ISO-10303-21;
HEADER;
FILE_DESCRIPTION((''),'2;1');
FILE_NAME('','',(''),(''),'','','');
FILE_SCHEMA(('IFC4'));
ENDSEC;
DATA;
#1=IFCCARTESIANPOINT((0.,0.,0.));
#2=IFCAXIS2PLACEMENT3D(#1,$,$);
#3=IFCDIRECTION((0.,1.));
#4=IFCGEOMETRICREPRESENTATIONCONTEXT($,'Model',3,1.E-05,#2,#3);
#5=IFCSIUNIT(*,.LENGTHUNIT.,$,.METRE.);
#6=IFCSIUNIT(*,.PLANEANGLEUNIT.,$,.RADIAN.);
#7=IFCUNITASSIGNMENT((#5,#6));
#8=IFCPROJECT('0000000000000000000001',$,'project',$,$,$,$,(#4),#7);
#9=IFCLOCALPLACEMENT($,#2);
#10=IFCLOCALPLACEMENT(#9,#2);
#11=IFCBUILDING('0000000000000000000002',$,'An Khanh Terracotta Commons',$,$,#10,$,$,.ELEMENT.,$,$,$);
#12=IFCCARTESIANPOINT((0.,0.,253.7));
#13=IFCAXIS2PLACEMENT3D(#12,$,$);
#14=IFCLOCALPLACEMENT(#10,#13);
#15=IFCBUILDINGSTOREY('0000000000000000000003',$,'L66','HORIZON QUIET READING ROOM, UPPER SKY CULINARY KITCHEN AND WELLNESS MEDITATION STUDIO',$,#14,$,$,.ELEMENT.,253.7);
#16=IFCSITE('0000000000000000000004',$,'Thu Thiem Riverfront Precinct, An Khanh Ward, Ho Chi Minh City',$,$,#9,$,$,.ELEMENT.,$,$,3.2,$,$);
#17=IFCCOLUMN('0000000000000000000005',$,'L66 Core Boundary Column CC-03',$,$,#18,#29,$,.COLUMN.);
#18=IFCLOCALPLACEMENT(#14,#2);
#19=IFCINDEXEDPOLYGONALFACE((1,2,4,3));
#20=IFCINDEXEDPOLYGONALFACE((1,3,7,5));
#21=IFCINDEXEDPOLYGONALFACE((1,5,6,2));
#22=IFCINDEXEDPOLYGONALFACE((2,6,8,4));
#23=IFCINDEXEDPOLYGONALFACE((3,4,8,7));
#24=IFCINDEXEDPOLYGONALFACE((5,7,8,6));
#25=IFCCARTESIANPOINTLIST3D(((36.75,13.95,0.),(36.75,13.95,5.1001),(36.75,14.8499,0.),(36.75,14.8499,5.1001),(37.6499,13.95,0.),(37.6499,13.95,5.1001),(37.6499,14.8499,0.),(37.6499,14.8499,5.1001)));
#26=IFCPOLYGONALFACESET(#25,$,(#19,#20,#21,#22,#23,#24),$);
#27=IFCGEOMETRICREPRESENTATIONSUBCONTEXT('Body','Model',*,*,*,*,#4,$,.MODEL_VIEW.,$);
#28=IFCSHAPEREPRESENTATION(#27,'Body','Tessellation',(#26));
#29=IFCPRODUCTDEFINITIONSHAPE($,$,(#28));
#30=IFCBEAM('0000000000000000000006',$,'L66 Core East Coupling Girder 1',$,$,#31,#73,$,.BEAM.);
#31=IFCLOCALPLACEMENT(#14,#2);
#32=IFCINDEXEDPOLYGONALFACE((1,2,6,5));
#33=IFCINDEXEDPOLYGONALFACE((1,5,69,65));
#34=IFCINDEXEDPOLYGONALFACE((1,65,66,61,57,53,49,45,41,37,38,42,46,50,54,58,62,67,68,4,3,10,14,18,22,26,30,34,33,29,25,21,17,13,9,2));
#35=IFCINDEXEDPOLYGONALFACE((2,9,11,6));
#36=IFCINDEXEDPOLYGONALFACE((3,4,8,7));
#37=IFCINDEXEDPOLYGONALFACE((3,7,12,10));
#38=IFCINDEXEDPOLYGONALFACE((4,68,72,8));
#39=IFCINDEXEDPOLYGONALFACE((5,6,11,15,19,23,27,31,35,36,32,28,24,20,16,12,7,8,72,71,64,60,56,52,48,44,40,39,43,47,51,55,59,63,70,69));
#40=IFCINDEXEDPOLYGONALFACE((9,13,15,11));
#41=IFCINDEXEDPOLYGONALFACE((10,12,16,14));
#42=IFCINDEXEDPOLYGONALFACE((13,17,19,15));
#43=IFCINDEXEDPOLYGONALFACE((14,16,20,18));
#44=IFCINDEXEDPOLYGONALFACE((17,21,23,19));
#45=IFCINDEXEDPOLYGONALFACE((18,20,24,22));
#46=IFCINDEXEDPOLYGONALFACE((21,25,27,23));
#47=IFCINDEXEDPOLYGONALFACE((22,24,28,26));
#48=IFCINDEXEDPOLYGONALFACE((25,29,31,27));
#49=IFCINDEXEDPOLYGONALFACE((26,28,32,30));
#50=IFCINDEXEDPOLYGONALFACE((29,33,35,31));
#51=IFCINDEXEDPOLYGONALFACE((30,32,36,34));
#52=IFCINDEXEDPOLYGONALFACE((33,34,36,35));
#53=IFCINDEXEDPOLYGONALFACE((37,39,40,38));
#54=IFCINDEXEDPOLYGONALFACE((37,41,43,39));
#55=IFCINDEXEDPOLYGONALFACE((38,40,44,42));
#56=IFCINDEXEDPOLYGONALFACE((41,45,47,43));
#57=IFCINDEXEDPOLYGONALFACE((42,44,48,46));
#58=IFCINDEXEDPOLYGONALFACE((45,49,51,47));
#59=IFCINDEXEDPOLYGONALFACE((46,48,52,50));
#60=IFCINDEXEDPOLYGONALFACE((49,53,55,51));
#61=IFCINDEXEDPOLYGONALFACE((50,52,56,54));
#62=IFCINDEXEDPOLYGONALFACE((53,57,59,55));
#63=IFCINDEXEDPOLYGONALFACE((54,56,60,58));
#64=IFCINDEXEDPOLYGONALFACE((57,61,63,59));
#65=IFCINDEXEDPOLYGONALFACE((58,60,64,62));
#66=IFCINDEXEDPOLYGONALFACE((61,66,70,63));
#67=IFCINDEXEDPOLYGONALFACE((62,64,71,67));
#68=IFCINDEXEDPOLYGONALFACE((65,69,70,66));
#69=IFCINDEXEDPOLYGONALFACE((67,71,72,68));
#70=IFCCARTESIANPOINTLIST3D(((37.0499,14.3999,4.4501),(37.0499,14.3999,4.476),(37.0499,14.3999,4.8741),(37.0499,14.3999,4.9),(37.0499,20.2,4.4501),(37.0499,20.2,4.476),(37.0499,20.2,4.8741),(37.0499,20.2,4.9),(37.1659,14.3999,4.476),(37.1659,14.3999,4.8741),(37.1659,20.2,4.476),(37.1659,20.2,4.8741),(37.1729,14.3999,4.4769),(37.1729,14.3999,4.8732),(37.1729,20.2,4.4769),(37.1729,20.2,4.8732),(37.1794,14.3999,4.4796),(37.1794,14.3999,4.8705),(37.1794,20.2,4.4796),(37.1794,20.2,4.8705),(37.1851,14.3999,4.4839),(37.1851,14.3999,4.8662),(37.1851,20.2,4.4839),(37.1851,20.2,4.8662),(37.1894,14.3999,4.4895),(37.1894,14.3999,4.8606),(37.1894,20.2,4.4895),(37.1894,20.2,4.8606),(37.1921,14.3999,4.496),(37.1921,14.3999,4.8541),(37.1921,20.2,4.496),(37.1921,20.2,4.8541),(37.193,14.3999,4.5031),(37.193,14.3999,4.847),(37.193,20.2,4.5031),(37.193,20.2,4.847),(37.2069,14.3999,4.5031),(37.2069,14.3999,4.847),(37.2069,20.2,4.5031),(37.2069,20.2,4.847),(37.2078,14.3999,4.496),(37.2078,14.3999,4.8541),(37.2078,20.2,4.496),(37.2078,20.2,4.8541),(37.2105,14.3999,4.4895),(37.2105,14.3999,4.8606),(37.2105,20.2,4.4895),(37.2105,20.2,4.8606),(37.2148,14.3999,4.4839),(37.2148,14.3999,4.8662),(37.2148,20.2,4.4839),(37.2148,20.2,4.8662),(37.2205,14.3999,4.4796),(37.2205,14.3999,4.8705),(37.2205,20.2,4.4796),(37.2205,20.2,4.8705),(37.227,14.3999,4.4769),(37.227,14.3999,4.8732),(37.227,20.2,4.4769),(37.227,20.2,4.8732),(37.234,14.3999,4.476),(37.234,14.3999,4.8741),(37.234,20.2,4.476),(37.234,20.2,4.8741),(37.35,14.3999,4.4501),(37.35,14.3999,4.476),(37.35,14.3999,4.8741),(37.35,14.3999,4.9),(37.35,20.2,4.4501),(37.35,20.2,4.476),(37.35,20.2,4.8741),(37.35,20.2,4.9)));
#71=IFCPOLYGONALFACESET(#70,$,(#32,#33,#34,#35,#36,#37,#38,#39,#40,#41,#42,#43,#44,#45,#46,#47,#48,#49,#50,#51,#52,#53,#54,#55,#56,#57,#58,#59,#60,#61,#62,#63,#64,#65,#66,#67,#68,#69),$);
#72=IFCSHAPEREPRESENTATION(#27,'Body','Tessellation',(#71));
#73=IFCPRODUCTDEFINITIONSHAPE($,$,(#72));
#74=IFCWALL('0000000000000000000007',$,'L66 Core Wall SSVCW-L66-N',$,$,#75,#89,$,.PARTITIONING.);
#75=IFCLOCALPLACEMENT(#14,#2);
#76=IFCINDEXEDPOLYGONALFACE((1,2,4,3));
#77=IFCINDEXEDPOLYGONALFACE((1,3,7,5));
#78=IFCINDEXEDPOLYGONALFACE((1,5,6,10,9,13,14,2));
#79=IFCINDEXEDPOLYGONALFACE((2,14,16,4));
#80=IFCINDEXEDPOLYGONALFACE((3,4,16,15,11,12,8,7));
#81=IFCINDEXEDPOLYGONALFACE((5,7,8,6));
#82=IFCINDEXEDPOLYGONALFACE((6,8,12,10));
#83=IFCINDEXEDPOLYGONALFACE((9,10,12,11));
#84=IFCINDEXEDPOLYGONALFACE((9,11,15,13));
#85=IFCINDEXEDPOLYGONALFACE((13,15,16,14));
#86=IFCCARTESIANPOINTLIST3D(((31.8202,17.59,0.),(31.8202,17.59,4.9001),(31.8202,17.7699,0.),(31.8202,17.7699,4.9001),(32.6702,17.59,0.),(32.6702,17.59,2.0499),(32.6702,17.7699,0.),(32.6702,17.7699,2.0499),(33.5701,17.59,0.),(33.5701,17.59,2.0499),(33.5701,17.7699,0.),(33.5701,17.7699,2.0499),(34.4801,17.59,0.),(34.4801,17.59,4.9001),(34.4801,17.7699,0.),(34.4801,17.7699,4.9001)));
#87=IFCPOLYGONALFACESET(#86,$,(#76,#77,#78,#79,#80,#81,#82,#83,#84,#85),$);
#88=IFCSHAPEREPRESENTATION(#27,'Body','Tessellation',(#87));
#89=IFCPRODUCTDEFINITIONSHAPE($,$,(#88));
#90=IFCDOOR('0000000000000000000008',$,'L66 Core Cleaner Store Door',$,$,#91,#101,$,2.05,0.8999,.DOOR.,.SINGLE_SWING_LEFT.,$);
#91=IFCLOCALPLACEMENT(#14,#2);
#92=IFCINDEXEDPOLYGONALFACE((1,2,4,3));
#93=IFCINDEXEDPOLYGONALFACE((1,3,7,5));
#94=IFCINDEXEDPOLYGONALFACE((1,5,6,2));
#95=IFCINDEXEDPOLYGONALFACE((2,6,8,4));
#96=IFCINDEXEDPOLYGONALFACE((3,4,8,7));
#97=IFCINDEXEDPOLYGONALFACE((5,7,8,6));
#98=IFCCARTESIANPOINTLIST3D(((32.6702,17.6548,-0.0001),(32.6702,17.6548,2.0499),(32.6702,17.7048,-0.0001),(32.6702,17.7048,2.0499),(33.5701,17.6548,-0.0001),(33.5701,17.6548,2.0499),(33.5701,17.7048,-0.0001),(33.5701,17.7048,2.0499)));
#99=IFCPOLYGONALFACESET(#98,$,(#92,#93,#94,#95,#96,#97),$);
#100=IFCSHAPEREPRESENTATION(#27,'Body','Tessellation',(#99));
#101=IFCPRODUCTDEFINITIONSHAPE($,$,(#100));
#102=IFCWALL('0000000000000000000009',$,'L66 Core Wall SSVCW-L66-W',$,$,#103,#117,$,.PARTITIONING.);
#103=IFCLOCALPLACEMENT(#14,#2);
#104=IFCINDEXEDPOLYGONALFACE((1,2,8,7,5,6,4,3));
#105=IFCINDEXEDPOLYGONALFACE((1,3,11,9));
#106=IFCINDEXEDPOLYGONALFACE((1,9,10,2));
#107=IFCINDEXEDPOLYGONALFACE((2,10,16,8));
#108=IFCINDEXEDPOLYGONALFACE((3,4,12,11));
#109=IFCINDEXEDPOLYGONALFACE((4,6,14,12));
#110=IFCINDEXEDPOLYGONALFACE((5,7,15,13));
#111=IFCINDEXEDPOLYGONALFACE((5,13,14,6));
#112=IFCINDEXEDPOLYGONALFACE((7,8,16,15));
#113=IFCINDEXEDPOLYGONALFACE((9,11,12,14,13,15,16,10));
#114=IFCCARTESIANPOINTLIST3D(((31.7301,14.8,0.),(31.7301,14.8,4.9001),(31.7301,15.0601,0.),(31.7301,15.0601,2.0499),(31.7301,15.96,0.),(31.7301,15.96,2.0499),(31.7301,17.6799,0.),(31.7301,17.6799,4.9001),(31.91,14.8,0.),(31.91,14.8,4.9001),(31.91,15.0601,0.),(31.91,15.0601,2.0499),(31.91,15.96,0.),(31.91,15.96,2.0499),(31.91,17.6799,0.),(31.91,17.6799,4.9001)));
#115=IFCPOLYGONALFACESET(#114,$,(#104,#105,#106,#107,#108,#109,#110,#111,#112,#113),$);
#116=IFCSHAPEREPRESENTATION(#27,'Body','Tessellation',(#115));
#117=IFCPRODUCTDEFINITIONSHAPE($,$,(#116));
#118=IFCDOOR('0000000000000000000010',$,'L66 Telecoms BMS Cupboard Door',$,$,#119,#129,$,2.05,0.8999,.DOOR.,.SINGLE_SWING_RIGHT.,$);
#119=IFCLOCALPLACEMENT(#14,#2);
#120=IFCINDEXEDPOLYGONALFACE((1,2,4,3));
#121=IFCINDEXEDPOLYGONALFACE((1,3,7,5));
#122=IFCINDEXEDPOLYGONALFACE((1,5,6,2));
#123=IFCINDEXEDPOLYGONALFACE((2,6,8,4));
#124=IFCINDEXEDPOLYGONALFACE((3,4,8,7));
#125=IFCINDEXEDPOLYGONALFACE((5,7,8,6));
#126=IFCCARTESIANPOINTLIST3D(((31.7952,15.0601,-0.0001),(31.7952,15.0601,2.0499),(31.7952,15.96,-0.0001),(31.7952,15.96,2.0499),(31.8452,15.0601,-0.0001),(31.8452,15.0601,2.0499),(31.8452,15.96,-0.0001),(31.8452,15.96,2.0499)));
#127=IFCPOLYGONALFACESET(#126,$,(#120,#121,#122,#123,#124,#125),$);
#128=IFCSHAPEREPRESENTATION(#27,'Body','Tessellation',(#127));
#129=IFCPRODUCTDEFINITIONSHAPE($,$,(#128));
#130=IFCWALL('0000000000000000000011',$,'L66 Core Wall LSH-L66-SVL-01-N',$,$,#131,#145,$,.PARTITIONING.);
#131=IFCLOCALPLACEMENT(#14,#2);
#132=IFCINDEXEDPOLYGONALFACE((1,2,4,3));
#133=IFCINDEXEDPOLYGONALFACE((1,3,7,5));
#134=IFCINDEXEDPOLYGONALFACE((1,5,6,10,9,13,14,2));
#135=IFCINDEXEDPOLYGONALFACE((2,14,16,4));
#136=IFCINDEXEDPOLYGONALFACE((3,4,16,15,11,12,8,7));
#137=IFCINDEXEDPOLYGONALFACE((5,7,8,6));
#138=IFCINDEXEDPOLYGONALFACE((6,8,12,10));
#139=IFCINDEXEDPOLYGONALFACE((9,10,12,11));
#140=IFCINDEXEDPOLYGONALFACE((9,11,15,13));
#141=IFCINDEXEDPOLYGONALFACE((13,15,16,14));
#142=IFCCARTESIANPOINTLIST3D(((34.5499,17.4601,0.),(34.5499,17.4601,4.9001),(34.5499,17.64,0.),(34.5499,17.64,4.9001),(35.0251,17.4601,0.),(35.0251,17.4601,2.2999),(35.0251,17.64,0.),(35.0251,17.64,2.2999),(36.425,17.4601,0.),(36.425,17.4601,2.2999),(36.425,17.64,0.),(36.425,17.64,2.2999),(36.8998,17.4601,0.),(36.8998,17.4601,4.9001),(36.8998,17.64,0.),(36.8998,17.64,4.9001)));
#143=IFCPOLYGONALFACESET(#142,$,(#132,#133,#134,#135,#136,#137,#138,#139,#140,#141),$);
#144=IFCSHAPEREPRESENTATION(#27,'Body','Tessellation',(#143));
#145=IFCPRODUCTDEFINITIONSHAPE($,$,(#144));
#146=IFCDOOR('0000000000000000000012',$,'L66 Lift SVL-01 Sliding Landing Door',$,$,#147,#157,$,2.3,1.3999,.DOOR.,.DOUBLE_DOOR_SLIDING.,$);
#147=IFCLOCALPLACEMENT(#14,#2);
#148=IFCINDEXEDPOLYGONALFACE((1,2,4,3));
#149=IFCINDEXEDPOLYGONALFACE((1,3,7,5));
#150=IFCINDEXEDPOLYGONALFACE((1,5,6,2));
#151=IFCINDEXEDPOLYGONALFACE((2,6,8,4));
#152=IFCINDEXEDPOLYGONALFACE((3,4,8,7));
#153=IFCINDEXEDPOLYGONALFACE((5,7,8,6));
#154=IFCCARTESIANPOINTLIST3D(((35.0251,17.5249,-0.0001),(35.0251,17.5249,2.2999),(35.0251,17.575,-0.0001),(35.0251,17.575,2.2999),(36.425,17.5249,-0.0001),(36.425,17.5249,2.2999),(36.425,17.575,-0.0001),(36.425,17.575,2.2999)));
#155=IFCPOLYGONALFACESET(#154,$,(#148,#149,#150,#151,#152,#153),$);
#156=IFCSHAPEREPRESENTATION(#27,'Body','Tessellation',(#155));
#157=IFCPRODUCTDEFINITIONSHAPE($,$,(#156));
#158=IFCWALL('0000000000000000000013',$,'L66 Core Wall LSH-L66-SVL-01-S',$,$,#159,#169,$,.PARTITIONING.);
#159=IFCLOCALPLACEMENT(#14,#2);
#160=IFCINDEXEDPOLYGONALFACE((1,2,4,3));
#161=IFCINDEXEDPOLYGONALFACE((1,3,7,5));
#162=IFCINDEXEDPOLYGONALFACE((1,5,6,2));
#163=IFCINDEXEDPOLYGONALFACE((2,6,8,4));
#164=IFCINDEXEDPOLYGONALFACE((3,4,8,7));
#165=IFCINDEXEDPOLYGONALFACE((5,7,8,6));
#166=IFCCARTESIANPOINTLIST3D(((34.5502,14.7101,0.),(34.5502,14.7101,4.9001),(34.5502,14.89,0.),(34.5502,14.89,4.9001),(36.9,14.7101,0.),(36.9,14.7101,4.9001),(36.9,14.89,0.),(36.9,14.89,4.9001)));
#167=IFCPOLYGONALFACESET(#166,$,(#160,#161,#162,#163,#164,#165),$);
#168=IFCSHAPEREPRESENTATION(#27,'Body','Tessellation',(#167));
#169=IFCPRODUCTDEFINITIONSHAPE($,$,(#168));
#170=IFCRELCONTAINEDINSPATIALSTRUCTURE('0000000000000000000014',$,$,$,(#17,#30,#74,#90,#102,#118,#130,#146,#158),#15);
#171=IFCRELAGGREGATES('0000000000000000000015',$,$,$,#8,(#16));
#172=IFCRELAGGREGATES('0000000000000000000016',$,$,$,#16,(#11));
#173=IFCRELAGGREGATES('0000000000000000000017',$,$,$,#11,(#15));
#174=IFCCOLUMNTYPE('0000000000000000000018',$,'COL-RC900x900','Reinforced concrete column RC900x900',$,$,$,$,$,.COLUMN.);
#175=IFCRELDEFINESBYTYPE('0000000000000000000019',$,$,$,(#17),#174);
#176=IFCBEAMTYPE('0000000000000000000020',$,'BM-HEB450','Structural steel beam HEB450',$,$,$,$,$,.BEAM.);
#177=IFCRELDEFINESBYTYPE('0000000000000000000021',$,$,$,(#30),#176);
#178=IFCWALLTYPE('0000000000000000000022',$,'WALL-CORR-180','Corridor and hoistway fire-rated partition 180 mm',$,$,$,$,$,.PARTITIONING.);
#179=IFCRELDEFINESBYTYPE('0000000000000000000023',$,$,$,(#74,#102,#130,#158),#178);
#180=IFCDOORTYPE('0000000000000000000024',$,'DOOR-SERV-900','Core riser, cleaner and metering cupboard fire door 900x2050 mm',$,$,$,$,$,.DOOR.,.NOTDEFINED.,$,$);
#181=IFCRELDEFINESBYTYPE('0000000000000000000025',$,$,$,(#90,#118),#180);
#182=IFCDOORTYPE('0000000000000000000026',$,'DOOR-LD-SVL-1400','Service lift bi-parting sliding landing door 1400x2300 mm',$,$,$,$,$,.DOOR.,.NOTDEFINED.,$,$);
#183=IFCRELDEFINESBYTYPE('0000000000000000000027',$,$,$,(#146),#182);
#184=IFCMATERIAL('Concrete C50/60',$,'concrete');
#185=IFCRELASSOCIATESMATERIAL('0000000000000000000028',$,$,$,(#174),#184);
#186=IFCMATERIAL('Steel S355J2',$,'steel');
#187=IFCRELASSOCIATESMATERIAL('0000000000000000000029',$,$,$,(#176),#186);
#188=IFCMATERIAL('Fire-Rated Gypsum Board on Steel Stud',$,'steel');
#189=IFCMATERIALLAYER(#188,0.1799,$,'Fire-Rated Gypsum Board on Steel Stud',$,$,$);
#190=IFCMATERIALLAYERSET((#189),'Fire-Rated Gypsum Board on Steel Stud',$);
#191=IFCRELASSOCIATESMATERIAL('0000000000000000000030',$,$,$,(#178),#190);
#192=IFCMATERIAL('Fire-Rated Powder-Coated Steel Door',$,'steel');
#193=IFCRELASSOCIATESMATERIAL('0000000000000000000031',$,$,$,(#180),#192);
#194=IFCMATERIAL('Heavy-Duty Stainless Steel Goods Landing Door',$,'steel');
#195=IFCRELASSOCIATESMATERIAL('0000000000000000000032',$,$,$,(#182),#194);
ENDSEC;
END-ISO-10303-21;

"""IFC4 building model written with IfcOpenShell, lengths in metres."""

from ifc_helpers import new_model, si_unit, direction, frame, frame_2d, origin, origin_2d, place, context, subcontext, project, spatial, rectangle, i_section, extrude, material, layer, layer_set, material_profile, profile_set, type_object, element, fill, save


model = new_model("IFC4")

# Units and contexts
model_context = context("Model", 3, precision=1e-05, world=origin(), true_north=direction((0.0, 1.0)))
body_context = subcontext(model_context, "Body", "Model", "MODEL_VIEW")
ifc_project = project(units=[si_unit("LENGTHUNIT", "METRE"), si_unit("PLANEANGLEUNIT", "RADIAN")], contexts=[model_context])

# Site, building, storey
site_placement = place(None, origin())
site = spatial("IfcSite", under=ifc_project, at=site_placement, Name="Thu Thiem Riverfront Precinct, An Khanh Ward, Ho Chi Minh City", CompositionType="ELEMENT", RefElevation=3.2)
building_placement = place(site_placement, origin())
building = spatial("IfcBuilding", under=site, at=building_placement, Name="An Khanh Terracotta Commons", CompositionType="ELEMENT")
storey_placement = place(building_placement, frame((0.0, 0.0, 253.7)))
storey = spatial("IfcBuildingStorey", under=building, at=storey_placement, Name="L66", Description="HORIZON QUIET READING ROOM, UPPER SKY CULINARY KITCHEN AND WELLNESS MEDITATION STUDIO", CompositionType="ELEMENT", Elevation=253.7)

# Column
ifc_material_1 = material(Name="Concrete C50/60", Category="concrete")
ifc_material_profile_1 = material_profile(ifc_material_1, rectangle(XDim=0.8999, YDim=0.8999, at=origin_2d()), Name="RC900x900")
ifc_profile_set_1 = profile_set([ifc_material_profile_1], Name="Concrete C50/60")
column_type = type_object("IfcColumnType", Name="COL-RC900x900", Description="Reinforced concrete column RC900x900", PredefinedType="COLUMN", material=ifc_profile_set_1)
column_placement = place(storey_placement, frame((37.2, 14.3999, 0.0), z_axis=(0.0, 0.0, 1.0), x_axis=(1.0, 0.0, 0.0)))
element("IfcColumn", 1, at=column_placement, inside=storey, type_object=column_type, Name="L66 Core Boundary Column CC-03", PredefinedType="COLUMN", context=body_context, shape_type="SweptSolid", body=[
    extrude(rectangle(XDim=0.8999, YDim=0.8999, at=origin_2d()), origin(), (0.0, 0.0, 1.0), 5.1001),
])

# Beam
ifc_material_2 = material(Name="Steel S355J2", Category="steel")
ifc_material_profile_2 = material_profile(ifc_material_2, i_section(OverallWidth=0.3, OverallDepth=0.45, WebThickness=0.0139, FlangeThickness=0.0259, FilletRadius=0.0271, at=origin_2d()), Name="HEB450")
ifc_profile_set_2 = profile_set([ifc_material_profile_2], Name="Steel S355J2")
beam_type = type_object("IfcBeamType", Name="BM-HEB450", Description="Structural steel beam HEB450", PredefinedType="BEAM", material=ifc_profile_set_2)
beam_placement = place(storey_placement, frame((37.2, 14.3999, 4.675), z_axis=(0.0, 1.0, 0.0), x_axis=(-1.0, 0.0, 0.0)))
element("IfcBeam", 2, at=beam_placement, inside=storey, type_object=beam_type, Name="L66 Core East Coupling Girder 1", PredefinedType="BEAM", context=body_context, shape_type="SweptSolid", body=[
    extrude(i_section(OverallWidth=0.3, OverallDepth=0.45, WebThickness=0.0139, FlangeThickness=0.0259, FilletRadius=0.0271, at=origin_2d()), origin(), (0.0, 0.0, 1.0), 5.8),
])

# Walls, openings, doors
ifc_material_3 = material(Name="Fire-Rated Gypsum Board on Steel Stud", Category="steel")
ifc_layer_1 = layer(ifc_material_3, 0.1799, Name="Fire-Rated Gypsum Board on Steel Stud")
ifc_layer_set_1 = layer_set([ifc_layer_1], Name="Fire-Rated Gypsum Board on Steel Stud")
wall_type_1 = type_object("IfcWallType", Name="WALL-CORR-180", Description="Corridor and hoistway fire-rated partition 180 mm", PredefinedType="PARTITIONING", material=ifc_layer_set_1)
wall_1_placement = place(storey_placement, frame((31.8201, 17.6799, 0.0), z_axis=(0.0, 0.0, 1.0), x_axis=(1.0, 0.0, 0.0)))
wall_1 = element("IfcWall", 3, at=wall_1_placement, inside=storey, type_object=wall_type_1, Name="L66 Core Wall SSVCW-L66-N", PredefinedType="PARTITIONING", context=body_context, shape_type="SweptSolid", body=[
    extrude(rectangle(XDim=2.6599, YDim=0.1799, at=frame_2d((1.3301, 0.0))), origin(), (0.0, 0.0, 1.0), 4.9001),
])
opening_1_placement = place(wall_1_placement, frame((0.8501, 0.0, 0.0)))
opening_1 = element("IfcOpeningElement", 4, at=opening_1_placement, cuts=wall_1, PredefinedType="OPENING", context=body_context, shape_type="SweptSolid", body=[
    extrude(rectangle(XDim=0.8999, YDim=2.05, at=frame_2d((0.45, 1.0249))), frame((0.0, 0.0999, 0.0), z_axis=(0.0, -1.0, 0.0), x_axis=(1.0, 0.0, 0.0)), (0.0, 0.0, 1.0), 0.2),
])
ifc_material_4 = material(Name="Fire-Rated Powder-Coated Steel Door", Category="steel")
door_type_1 = type_object("IfcDoorType", Name="DOOR-SERV-900", Description="Core riser, cleaner and metering cupboard fire door 900x2050 mm", OperationType="NOTDEFINED", PredefinedType="DOOR", material=ifc_material_4)
door_1_placement = place(opening_1_placement, origin())
door_1 = element("IfcDoor", 5, at=door_1_placement, inside=storey, type_object=door_type_1, Name="L66 Core Cleaner Store Door", OperationType="SINGLE_SWING_LEFT", OverallHeight=2.05, OverallWidth=0.8999, PredefinedType="DOOR", context=body_context, shape_type="SweptSolid", body=[
    extrude(rectangle(XDim=0.8999, YDim=2.05, at=frame_2d((0.45, 1.0249))), frame((0.0, 0.0249, 0.0), z_axis=(0.0, -1.0, 0.0), x_axis=(1.0, 0.0, 0.0)), (0.0, 0.0, 1.0), 0.05),
])
fill(opening_1, door_1)
wall_2_placement = place(storey_placement, frame((31.8201, 14.8, 0.0), z_axis=(0.0, 0.0, 1.0), x_axis=(0.0, 1.0, 0.0)))
wall_2 = element("IfcWall", 6, at=wall_2_placement, inside=storey, type_object=wall_type_1, Name="L66 Core Wall SSVCW-L66-W", PredefinedType="PARTITIONING", context=body_context, shape_type="SweptSolid", body=[
    extrude(rectangle(XDim=2.8799, YDim=0.1799, at=frame_2d((1.4399, 0.0))), origin(), (0.0, 0.0, 1.0), 4.9001),
])
opening_2_placement = place(wall_2_placement, frame((0.26, 0.0, 0.0)))
opening_2 = element("IfcOpeningElement", 7, at=opening_2_placement, cuts=wall_2, PredefinedType="OPENING", context=body_context, shape_type="SweptSolid", body=[
    extrude(rectangle(XDim=0.8999, YDim=2.05, at=frame_2d((0.45, 1.0249))), frame((0.0, 0.0999, 0.0), z_axis=(0.0, -1.0, 0.0), x_axis=(1.0, 0.0, 0.0)), (0.0, 0.0, 1.0), 0.2),
])
door_2_placement = place(opening_2_placement, origin())
door_2 = element("IfcDoor", 8, at=door_2_placement, inside=storey, type_object=door_type_1, Name="L66 Telecoms BMS Cupboard Door", OperationType="SINGLE_SWING_RIGHT", OverallHeight=2.05, OverallWidth=0.8999, PredefinedType="DOOR", context=body_context, shape_type="SweptSolid", body=[
    extrude(rectangle(XDim=0.8999, YDim=2.05, at=frame_2d((0.45, 1.0249))), frame((0.0, 0.0249, 0.0), z_axis=(0.0, -1.0, 0.0), x_axis=(1.0, 0.0, 0.0)), (0.0, 0.0, 1.0), 0.05),
])
fill(opening_2, door_2)
wall_3_placement = place(storey_placement, frame((34.55, 17.55, 0.0), z_axis=(0.0, 0.0, 1.0), x_axis=(1.0, 0.0, 0.0)))
wall_3 = element("IfcWall", 9, at=wall_3_placement, inside=storey, type_object=wall_type_1, Name="L66 Core Wall LSH-L66-SVL-01-N", PredefinedType="PARTITIONING", context=body_context, shape_type="SweptSolid", body=[
    extrude(rectangle(XDim=2.3499, YDim=0.1799, at=frame_2d((1.1748, 0.0))), origin(), (0.0, 0.0, 1.0), 4.9001),
])
opening_3_placement = place(wall_3_placement, frame((0.4751, 0.0, 0.0)))
opening_3 = element("IfcOpeningElement", 10, at=opening_3_placement, cuts=wall_3, PredefinedType="OPENING", context=body_context, shape_type="SweptSolid", body=[
    extrude(rectangle(XDim=1.3999, YDim=2.3, at=frame_2d((0.7, 1.1499))), frame((0.0, 0.0999, 0.0), z_axis=(0.0, -1.0, 0.0), x_axis=(1.0, 0.0, 0.0)), (0.0, 0.0, 1.0), 0.2),
])
ifc_material_5 = material(Name="Heavy-Duty Stainless Steel Goods Landing Door", Category="steel")
door_type_2 = type_object("IfcDoorType", Name="DOOR-LD-SVL-1400", Description="Service lift bi-parting sliding landing door 1400x2300 mm", OperationType="NOTDEFINED", PredefinedType="DOOR", material=ifc_material_5)
door_3_placement = place(opening_3_placement, origin())
door_3 = element("IfcDoor", 11, at=door_3_placement, inside=storey, type_object=door_type_2, Name="L66 Lift SVL-01 Sliding Landing Door", OperationType="DOUBLE_DOOR_SLIDING", OverallHeight=2.3, OverallWidth=1.3999, PredefinedType="DOOR", context=body_context, shape_type="SweptSolid", body=[
    extrude(rectangle(XDim=1.3999, YDim=2.3, at=frame_2d((0.7, 1.1499))), frame((0.0, 0.0249, 0.0), z_axis=(0.0, -1.0, 0.0), x_axis=(1.0, 0.0, 0.0)), (0.0, 0.0, 1.0), 0.05),
])
fill(opening_3, door_3)

# Wall
wall_4_placement = place(storey_placement, frame((36.8999, 14.8, 0.0), z_axis=(0.0, 0.0, 1.0), x_axis=(-1.0, 0.0, 0.0)))
element("IfcWall", 12, at=wall_4_placement, inside=storey, type_object=wall_type_1, Name="L66 Core Wall LSH-L66-SVL-01-S", PredefinedType="PARTITIONING", context=body_context, shape_type="SweptSolid", body=[
    extrude(rectangle(XDim=2.3499, YDim=0.1799, at=frame_2d((1.1748, 0.0))), origin(), (0.0, 0.0, 1.0), 4.9001),
])

save(model, "model.ifc")
